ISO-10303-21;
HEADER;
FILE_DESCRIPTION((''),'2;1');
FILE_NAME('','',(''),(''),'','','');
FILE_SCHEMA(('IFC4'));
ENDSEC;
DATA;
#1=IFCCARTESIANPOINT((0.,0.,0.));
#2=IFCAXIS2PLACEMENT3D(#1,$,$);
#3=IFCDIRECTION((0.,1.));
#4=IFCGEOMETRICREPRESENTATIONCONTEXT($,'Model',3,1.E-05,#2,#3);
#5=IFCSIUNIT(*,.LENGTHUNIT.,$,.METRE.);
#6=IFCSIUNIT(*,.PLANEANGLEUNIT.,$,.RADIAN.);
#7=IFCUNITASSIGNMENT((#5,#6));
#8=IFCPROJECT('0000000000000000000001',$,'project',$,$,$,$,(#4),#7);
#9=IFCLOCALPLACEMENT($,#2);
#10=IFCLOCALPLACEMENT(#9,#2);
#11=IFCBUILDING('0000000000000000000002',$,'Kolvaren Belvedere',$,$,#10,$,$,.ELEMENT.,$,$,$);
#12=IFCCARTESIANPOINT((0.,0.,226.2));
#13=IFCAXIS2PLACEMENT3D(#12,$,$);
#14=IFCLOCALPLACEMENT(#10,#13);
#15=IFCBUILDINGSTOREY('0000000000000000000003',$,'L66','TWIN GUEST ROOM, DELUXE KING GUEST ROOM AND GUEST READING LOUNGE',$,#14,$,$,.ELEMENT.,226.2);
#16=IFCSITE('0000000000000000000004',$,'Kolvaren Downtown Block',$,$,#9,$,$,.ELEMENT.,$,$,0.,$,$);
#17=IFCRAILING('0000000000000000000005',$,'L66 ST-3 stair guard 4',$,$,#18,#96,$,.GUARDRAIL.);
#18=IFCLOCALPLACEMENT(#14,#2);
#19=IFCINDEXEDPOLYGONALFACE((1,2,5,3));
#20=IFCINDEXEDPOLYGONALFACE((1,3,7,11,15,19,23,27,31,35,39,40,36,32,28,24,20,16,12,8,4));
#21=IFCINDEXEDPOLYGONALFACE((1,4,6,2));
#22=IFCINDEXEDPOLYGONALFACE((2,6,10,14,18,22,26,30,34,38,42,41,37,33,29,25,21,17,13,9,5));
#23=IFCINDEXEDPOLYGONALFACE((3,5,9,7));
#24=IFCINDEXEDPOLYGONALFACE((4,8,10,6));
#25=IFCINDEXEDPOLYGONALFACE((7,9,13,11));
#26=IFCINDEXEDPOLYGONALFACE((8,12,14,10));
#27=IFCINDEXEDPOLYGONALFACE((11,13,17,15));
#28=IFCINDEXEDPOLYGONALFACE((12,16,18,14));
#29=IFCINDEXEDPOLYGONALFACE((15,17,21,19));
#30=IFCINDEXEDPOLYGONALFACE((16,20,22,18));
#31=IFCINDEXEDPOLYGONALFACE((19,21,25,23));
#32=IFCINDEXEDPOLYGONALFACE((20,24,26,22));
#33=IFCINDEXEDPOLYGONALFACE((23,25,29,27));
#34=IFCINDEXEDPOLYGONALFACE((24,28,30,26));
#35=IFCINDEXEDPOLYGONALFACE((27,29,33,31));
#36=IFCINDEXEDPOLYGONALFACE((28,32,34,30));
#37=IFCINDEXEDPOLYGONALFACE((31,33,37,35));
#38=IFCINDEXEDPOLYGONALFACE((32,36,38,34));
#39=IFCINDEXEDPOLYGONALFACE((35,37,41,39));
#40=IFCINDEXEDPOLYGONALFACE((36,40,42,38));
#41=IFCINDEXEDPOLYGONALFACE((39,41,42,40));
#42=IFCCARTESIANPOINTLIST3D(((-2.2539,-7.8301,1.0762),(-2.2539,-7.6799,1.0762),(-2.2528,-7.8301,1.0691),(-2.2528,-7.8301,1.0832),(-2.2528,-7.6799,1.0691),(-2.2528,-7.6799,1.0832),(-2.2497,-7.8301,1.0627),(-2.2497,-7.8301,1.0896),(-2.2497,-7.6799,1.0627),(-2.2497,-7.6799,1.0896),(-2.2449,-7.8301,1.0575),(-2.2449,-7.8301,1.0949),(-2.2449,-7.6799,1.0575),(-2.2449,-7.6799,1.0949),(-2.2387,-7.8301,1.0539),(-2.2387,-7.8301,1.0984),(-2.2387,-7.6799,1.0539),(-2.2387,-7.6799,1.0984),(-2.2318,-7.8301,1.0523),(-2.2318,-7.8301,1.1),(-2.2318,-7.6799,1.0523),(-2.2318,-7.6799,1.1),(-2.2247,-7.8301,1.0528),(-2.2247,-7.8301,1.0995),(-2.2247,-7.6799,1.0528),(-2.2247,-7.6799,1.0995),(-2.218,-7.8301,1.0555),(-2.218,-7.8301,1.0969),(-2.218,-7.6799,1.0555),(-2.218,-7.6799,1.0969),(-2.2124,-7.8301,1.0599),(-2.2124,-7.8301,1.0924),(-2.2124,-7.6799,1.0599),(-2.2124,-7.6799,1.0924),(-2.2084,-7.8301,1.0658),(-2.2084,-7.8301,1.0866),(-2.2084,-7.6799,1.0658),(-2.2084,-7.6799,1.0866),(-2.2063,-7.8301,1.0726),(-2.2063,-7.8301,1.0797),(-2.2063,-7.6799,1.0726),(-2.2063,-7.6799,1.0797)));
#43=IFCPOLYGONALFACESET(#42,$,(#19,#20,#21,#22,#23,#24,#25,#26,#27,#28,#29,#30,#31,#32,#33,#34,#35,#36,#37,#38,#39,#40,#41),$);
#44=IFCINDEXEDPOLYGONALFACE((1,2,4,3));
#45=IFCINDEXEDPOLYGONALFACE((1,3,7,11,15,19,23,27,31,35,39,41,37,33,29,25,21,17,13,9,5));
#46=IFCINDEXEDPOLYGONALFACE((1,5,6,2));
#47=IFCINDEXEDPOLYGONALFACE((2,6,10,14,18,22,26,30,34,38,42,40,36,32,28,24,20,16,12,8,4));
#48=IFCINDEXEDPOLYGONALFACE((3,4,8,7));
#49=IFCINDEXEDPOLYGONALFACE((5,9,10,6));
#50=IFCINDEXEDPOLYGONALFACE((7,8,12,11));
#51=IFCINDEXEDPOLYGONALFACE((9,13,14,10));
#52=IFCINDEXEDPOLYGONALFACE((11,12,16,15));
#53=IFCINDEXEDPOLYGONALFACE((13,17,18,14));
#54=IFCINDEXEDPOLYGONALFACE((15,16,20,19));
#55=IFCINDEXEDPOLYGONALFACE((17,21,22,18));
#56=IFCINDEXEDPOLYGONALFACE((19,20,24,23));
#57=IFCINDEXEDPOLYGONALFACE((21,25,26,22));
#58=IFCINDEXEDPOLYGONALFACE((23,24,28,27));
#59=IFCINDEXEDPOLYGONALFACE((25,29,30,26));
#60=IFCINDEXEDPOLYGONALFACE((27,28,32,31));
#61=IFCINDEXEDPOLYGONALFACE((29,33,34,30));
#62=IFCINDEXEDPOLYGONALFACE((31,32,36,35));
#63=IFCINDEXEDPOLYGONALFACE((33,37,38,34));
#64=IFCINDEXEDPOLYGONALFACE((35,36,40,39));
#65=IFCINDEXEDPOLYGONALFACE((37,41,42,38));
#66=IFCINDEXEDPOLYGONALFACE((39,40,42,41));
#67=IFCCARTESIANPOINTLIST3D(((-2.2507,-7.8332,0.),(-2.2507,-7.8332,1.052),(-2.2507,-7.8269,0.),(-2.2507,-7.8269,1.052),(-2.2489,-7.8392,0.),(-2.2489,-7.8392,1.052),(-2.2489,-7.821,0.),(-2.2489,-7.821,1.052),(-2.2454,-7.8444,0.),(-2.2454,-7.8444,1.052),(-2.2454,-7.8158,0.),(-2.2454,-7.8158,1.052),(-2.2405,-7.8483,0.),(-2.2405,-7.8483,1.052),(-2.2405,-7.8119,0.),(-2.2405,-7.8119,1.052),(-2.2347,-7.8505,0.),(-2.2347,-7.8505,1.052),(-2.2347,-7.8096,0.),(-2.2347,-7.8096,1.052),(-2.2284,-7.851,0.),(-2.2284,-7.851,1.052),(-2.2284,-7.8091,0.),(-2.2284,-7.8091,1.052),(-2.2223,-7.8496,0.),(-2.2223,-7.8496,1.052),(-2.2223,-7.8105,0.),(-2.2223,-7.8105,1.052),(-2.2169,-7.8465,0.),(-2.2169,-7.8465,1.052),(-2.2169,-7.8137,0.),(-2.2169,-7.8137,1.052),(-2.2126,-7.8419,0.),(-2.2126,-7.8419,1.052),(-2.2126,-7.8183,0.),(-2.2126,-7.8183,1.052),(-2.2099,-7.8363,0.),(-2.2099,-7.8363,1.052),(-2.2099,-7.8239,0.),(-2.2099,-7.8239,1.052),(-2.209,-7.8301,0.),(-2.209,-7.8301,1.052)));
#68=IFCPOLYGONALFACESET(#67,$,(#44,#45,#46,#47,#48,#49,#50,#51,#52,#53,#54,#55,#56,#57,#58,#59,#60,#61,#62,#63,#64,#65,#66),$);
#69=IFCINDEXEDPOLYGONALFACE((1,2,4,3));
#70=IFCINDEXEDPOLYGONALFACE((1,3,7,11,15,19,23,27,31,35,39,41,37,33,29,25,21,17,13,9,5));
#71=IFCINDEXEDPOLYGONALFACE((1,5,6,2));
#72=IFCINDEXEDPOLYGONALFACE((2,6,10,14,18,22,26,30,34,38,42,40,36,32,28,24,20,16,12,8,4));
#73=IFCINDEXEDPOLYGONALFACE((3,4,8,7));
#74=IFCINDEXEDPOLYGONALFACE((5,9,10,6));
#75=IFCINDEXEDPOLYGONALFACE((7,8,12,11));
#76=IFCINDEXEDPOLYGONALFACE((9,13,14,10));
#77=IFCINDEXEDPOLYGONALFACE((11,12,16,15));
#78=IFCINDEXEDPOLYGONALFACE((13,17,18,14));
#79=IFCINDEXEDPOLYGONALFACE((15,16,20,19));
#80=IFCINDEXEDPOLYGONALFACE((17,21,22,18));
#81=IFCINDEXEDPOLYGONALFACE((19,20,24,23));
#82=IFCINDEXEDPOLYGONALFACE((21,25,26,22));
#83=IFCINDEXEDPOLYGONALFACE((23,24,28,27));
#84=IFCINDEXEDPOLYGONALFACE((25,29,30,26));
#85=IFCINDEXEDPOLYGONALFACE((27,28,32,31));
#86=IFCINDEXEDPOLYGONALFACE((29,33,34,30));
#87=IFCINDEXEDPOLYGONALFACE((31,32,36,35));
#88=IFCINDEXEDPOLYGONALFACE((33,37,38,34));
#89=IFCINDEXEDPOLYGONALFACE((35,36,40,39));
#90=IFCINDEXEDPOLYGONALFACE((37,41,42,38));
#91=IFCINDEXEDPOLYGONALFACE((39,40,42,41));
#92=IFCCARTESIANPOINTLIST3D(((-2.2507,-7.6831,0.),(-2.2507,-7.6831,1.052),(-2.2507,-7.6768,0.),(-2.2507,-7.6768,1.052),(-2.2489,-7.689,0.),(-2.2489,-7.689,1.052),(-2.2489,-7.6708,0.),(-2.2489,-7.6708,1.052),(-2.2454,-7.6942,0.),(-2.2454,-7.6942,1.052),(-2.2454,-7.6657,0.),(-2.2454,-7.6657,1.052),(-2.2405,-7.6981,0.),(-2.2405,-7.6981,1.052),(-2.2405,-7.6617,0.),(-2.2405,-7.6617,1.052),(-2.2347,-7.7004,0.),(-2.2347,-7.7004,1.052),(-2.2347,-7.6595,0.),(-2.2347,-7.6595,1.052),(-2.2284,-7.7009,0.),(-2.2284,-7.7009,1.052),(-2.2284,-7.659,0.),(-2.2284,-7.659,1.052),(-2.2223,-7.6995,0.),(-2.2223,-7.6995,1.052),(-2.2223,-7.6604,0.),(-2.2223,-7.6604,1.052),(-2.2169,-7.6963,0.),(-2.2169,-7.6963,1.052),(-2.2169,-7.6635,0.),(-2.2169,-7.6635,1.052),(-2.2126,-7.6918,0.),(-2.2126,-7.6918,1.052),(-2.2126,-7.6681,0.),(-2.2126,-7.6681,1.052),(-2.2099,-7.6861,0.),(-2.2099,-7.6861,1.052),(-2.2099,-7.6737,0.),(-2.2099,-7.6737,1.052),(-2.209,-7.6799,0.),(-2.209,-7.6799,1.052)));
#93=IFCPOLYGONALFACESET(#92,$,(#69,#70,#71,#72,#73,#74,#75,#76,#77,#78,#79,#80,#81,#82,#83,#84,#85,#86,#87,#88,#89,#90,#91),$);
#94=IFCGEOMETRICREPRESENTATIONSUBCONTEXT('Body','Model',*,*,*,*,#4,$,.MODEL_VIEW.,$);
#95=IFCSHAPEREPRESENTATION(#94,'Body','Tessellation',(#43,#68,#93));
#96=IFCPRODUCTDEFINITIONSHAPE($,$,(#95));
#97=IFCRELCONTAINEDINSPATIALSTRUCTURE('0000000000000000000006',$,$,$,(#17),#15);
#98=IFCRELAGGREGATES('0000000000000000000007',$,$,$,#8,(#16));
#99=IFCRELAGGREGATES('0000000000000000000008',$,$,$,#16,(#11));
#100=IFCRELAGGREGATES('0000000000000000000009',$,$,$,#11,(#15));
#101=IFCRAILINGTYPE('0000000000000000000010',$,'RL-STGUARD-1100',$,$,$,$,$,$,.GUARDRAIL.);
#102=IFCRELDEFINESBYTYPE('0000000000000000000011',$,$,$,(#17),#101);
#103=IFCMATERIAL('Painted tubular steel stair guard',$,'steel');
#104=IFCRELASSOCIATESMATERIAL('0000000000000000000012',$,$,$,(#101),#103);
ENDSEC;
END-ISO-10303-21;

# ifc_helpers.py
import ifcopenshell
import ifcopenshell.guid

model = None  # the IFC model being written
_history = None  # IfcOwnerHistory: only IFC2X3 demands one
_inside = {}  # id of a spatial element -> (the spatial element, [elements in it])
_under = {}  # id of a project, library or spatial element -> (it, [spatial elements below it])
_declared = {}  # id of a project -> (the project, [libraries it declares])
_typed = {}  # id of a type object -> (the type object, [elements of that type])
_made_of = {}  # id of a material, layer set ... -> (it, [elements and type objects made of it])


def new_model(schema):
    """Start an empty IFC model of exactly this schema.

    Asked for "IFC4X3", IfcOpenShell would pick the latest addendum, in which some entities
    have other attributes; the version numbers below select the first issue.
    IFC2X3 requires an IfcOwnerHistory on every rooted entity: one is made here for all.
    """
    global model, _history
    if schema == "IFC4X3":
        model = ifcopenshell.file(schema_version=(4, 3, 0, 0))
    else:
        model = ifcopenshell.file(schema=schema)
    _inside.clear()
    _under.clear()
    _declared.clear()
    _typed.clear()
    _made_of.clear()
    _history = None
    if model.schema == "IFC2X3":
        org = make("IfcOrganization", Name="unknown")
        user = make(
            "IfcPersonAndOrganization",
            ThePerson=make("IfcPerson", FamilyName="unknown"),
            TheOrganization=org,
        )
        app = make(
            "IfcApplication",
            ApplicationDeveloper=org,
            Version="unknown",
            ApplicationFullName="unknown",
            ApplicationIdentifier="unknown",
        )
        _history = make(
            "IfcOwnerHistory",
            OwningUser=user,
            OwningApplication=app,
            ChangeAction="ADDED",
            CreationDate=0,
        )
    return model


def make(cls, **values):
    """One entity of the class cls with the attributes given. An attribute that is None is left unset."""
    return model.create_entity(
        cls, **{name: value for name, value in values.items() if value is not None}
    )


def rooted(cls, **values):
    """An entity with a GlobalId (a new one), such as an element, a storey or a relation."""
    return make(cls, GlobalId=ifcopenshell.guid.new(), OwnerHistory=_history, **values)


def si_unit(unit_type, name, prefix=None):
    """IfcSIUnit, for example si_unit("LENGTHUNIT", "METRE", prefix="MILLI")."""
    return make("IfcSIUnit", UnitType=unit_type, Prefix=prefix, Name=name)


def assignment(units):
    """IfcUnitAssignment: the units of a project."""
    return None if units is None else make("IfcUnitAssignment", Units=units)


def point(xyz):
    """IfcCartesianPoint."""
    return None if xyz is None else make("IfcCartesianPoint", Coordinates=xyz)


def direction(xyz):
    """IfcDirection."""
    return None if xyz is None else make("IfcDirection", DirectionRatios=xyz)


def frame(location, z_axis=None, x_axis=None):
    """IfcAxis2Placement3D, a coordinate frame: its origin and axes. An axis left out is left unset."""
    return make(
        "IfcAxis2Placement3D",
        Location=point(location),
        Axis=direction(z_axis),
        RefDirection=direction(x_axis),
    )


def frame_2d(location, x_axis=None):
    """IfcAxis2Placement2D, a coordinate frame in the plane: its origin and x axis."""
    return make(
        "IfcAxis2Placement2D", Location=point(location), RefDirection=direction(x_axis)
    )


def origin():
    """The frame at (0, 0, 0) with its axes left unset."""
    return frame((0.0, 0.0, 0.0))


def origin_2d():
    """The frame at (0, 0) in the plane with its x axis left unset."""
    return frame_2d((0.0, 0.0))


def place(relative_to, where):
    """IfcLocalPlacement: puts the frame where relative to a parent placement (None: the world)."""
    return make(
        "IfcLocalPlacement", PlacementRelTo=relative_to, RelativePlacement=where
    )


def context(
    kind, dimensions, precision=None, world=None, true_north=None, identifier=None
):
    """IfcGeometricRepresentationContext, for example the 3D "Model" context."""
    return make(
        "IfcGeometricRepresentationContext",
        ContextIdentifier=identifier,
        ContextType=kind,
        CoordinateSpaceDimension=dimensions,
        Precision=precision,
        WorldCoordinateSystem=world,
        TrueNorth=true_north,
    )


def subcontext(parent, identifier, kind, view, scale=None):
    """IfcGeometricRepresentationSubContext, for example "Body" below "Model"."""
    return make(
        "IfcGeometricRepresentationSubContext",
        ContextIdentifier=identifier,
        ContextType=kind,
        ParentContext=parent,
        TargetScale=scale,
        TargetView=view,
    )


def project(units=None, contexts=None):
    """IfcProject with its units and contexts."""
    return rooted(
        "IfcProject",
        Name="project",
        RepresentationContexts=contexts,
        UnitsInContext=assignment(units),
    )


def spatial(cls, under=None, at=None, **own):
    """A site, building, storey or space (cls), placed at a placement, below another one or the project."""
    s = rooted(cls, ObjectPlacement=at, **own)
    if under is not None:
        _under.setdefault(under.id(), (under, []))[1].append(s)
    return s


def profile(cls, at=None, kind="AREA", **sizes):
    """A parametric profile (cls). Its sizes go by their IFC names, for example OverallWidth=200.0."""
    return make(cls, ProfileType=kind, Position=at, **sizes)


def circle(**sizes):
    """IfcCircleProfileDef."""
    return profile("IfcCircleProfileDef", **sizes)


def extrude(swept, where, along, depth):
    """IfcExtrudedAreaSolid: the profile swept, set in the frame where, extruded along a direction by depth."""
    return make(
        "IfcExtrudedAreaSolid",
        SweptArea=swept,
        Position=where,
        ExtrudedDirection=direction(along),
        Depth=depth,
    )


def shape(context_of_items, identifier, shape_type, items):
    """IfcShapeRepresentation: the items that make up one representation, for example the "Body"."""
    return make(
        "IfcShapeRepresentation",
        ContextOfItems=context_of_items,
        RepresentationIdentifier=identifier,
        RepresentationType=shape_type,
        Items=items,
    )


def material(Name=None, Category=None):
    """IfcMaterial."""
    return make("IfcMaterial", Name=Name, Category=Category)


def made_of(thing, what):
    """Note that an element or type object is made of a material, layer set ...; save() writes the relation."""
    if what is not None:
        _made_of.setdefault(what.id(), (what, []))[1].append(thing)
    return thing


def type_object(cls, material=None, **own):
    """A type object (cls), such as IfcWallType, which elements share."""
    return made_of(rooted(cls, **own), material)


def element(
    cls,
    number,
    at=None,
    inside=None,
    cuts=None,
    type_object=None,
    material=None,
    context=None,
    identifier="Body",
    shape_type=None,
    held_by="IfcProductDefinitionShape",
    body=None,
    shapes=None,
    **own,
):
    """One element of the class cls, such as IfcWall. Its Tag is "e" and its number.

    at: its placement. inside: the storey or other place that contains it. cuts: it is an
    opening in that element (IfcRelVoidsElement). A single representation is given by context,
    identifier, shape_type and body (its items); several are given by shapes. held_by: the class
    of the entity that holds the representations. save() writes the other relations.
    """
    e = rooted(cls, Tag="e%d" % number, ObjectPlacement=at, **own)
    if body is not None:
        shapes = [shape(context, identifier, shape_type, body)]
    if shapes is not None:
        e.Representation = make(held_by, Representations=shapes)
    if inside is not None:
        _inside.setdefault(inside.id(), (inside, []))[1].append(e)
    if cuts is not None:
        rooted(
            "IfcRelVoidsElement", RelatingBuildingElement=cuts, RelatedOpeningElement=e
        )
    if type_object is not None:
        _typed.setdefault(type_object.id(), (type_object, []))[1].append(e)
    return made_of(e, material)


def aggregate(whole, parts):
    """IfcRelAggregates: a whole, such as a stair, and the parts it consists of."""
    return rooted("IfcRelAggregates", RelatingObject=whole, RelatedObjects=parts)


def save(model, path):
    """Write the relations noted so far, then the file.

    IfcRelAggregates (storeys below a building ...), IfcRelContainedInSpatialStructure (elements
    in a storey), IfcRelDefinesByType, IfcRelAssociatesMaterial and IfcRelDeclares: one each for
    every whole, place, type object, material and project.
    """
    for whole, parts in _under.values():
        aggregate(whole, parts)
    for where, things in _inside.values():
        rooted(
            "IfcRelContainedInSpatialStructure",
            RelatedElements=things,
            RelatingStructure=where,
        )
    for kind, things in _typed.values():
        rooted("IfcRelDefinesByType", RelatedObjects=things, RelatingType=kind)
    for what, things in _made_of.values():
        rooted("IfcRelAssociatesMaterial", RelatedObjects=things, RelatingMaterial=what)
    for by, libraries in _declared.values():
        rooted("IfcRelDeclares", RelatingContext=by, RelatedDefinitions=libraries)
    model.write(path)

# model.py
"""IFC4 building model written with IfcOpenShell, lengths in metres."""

from ifc_helpers import new_model, si_unit, direction, frame, origin, origin_2d, place, context, subcontext, project, spatial, circle, extrude, material, type_object, element, save


model = new_model("IFC4")

# Units and contexts
model_context = context("Model", 3, precision=1e-05, world=origin(), true_north=direction((0.0, 1.0)))
body_context = subcontext(model_context, "Body", "Model", "MODEL_VIEW")
ifc_project = project(units=[si_unit("LENGTHUNIT", "METRE"), si_unit("PLANEANGLEUNIT", "RADIAN")], contexts=[model_context])

# Site, building, storey
site_placement = place(None, origin())
site = spatial("IfcSite", under=ifc_project, at=site_placement, Name="Kolvaren Downtown Block", CompositionType="ELEMENT", RefElevation=0.0)
building_placement = place(site_placement, origin())
building = spatial("IfcBuilding", under=site, at=building_placement, Name="Kolvaren Belvedere", CompositionType="ELEMENT")
storey_placement = place(building_placement, frame((0.0, 0.0, 226.2)))
storey = spatial("IfcBuildingStorey", under=building, at=storey_placement, Name="L66", Description="TWIN GUEST ROOM, DELUXE KING GUEST ROOM AND GUEST READING LOUNGE", CompositionType="ELEMENT", Elevation=226.2)

# Railing
ifc_material_1 = material(Name="Painted tubular steel stair guard", Category="steel")
railing_type_1 = type_object("IfcRailingType", Name="RL-STGUARD-1100", PredefinedType="GUARDRAIL", material=ifc_material_1)
railing_1_placement = place(storey_placement, frame((-2.23, -7.8301, 0.0)))
element("IfcRailing", 1, at=railing_1_placement, inside=storey, type_object=railing_type_1, Name="L66 ST-3 stair guard 4", PredefinedType="GUARDRAIL", context=body_context, shape_type="SweptSolid", body=[
    extrude(circle(Radius=0.0239, at=origin_2d()), frame((0.0, 0.0, 1.0762), z_axis=(0.0, 1.0, 0.0), x_axis=(-1.0, 0.0, 0.0)), (0.0, 0.0, 1.0), 0.1501),
    extrude(circle(Radius=0.021, at=origin_2d()), origin(), (0.0, 0.0, 1.0), 1.052),
    extrude(circle(Radius=0.021, at=origin_2d()), frame((0.0, 0.1501, 0.0)), (0.0, 0.0, 1.0), 1.052),
])

save(model, "model.ifc")
